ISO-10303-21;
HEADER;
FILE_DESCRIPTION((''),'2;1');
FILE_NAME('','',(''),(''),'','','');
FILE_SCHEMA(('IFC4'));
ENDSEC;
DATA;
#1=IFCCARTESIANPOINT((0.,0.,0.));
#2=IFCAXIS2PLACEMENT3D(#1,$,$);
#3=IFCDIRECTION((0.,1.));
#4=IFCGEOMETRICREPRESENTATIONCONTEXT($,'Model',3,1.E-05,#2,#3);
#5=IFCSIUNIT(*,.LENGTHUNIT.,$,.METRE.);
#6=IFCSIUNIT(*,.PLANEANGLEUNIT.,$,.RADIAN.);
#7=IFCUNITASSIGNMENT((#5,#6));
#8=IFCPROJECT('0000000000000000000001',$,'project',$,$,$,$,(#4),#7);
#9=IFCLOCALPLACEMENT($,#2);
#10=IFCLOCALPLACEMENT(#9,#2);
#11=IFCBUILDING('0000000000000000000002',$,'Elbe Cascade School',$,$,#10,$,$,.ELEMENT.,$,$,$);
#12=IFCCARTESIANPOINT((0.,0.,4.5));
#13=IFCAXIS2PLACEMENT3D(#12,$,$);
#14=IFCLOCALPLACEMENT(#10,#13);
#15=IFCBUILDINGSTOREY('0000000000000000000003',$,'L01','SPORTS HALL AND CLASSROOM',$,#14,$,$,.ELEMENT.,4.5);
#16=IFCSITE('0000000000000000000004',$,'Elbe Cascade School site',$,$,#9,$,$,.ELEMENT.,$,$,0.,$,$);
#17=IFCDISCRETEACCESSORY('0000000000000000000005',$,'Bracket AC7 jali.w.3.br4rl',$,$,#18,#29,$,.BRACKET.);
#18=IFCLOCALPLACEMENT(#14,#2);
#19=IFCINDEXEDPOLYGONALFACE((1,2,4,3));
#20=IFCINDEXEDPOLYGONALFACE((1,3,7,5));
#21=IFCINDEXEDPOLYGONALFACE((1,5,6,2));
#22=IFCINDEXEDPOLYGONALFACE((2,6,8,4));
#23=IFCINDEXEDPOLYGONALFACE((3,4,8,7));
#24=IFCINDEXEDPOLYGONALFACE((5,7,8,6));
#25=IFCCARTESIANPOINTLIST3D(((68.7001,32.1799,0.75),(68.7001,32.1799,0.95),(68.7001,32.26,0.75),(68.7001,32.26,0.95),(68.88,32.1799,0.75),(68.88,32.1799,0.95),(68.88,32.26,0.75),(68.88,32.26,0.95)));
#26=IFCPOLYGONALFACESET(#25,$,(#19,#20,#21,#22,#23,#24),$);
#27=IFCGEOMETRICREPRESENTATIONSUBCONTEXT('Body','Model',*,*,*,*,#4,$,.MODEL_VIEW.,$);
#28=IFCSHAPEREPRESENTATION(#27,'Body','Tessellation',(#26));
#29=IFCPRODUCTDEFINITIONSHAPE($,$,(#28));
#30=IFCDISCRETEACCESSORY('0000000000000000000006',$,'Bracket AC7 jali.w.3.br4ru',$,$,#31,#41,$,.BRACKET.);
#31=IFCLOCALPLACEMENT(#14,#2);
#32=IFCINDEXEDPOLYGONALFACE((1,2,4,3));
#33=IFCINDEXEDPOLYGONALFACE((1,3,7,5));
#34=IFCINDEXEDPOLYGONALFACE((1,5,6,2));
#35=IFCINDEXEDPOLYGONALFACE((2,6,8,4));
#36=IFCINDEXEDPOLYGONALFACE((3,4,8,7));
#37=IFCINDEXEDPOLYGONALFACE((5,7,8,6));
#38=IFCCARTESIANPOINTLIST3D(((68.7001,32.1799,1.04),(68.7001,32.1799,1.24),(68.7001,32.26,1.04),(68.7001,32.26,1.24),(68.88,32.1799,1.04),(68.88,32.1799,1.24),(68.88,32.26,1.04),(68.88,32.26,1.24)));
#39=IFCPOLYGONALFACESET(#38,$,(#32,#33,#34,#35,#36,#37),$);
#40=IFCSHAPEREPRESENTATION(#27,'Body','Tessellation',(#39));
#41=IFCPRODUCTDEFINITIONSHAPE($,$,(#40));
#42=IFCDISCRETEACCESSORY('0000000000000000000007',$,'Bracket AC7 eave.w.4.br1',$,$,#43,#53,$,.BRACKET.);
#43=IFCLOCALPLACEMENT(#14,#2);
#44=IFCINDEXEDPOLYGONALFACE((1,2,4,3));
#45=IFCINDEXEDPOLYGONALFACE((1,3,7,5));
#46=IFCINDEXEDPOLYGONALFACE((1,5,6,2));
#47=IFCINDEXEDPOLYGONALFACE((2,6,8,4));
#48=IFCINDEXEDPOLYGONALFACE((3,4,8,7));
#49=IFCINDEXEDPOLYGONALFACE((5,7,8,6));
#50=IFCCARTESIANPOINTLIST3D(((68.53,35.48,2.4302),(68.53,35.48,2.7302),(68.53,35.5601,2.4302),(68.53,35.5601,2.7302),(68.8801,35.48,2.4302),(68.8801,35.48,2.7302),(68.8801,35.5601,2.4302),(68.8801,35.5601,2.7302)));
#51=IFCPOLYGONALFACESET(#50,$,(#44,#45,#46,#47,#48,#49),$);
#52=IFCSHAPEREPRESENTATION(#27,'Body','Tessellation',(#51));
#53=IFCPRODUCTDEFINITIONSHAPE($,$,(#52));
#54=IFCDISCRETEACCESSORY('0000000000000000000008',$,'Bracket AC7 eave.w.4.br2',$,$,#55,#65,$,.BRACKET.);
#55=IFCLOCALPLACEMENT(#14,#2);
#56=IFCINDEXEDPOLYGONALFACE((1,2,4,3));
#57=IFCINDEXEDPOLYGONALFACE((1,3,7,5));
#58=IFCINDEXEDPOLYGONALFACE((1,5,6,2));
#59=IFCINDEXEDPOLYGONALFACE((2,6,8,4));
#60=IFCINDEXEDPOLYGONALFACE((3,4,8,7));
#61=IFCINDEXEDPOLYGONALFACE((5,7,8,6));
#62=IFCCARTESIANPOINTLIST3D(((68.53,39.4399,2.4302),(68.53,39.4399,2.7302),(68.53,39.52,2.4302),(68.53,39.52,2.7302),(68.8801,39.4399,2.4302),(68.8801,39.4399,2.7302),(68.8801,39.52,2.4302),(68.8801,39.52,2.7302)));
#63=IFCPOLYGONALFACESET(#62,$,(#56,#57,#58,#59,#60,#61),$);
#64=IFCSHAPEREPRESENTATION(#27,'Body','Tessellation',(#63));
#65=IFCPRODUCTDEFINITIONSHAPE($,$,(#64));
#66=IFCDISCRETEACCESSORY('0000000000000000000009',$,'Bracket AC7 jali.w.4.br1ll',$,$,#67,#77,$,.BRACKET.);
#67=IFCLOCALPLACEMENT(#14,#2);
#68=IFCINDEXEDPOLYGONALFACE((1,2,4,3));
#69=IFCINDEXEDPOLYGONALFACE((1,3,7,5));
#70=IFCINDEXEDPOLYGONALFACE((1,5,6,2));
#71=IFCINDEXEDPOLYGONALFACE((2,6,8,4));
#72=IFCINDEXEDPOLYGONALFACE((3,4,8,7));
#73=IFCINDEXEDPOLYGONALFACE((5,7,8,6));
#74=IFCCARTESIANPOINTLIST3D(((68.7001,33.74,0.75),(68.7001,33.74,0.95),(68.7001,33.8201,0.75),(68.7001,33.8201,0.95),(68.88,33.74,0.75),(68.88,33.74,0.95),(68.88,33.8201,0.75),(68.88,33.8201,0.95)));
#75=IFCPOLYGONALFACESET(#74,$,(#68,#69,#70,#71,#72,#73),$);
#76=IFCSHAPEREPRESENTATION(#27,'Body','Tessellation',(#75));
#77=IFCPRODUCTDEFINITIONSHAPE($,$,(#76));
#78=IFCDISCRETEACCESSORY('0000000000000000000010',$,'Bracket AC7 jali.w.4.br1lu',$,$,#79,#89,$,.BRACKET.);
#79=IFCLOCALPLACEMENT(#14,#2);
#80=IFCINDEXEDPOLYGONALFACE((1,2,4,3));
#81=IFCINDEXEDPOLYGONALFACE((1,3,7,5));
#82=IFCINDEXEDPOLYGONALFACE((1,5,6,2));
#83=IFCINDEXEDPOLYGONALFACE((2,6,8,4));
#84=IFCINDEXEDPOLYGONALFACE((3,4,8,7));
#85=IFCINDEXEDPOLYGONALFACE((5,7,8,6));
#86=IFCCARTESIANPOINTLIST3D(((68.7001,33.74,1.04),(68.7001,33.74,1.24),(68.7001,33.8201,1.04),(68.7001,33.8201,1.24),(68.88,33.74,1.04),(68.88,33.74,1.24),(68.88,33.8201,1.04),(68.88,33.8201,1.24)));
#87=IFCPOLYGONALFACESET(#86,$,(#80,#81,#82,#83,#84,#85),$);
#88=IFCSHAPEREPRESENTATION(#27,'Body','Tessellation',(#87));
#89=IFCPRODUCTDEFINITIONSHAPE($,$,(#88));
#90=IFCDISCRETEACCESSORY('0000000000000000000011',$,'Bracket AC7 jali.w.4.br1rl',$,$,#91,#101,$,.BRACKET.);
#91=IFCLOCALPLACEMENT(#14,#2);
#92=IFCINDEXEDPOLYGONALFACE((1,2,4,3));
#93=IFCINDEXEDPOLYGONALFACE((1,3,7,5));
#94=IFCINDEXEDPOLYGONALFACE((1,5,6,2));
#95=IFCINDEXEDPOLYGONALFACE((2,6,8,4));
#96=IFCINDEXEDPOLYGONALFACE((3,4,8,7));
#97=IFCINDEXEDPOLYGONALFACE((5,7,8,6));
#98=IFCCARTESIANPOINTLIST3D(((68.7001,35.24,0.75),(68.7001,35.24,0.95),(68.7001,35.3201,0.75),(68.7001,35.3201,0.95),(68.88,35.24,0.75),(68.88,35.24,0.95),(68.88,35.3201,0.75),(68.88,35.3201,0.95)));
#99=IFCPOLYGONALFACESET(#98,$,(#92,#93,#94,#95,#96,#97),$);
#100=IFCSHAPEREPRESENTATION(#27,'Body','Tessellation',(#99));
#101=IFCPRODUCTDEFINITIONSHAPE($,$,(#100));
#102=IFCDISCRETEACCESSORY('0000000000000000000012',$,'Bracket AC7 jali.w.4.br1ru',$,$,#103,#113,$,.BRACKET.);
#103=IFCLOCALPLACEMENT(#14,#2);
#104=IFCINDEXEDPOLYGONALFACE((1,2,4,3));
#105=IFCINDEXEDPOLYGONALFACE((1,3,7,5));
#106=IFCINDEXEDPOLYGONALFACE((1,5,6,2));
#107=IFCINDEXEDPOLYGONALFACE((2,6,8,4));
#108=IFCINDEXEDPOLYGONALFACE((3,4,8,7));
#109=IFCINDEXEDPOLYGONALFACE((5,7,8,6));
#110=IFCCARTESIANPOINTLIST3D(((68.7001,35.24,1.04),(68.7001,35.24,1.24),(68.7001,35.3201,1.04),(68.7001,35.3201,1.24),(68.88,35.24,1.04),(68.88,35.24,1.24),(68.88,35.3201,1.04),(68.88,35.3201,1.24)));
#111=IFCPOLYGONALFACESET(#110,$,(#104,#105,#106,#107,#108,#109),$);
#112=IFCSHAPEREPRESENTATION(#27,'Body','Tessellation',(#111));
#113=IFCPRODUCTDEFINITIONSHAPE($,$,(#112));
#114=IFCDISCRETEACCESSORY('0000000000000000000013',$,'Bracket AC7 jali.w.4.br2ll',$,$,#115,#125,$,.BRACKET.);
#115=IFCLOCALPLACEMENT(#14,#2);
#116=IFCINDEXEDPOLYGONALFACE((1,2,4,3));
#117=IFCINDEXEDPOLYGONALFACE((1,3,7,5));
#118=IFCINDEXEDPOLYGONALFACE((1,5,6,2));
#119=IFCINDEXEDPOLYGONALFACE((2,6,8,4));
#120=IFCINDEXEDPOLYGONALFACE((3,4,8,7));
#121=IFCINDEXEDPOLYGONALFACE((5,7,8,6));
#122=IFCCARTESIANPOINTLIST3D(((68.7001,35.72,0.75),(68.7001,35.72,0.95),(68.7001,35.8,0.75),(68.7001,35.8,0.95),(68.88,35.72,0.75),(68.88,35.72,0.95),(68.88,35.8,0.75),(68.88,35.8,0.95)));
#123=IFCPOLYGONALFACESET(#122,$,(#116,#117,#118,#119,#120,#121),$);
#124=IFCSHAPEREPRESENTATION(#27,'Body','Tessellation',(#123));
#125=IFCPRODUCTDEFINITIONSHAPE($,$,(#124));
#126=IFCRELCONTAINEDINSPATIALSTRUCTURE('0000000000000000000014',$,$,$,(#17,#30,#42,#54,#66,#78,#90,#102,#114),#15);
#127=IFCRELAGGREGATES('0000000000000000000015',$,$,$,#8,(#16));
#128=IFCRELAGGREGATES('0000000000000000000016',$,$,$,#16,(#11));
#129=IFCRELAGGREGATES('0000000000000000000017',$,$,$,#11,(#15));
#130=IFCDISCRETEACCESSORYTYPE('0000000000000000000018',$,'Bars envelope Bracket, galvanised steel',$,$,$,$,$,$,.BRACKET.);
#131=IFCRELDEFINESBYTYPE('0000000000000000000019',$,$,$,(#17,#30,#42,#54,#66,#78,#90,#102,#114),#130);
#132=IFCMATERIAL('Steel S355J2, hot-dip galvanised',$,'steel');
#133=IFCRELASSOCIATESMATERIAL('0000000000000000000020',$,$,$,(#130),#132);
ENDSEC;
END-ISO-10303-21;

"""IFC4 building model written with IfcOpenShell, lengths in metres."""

from ifc_helpers import new_model, si_unit, direction, frame, origin, origin_2d, place, context, subcontext, project, spatial, rectangle, extrude, material, type_object, element, save


model = new_model("IFC4")

# Units and contexts
model_context = context("Model", 3, precision=1e-05, world=origin(), true_north=direction((0.0, 1.0)))
body_context = subcontext(model_context, "Body", "Model", "MODEL_VIEW")
ifc_project = project(units=[si_unit("LENGTHUNIT", "METRE"), si_unit("PLANEANGLEUNIT", "RADIAN")], contexts=[model_context])

# Site, building, storey
site_placement = place(None, origin())
site = spatial("IfcSite", under=ifc_project, at=site_placement, Name="Elbe Cascade School site", CompositionType="ELEMENT", RefElevation=0.0)
building_placement = place(site_placement, origin())
building = spatial("IfcBuilding", under=site, at=building_placement, Name="Elbe Cascade School", CompositionType="ELEMENT")
storey_placement = place(building_placement, frame((0.0, 0.0, 4.5)))
storey = spatial("IfcBuildingStorey", under=building, at=storey_placement, Name="L01", Description="SPORTS HALL AND CLASSROOM", CompositionType="ELEMENT", Elevation=4.5)

# Discrete accessories
ifc_material_1 = material(Name="Steel S355J2, hot-dip galvanised", Category="steel")
discrete_accessory_type = type_object("IfcDiscreteAccessoryType", Name="Bars envelope Bracket, galvanised steel", PredefinedType="BRACKET", material=ifc_material_1)
for number, where, z_axis, x_axis, name in (
    (1, (68.79, 32.22, 0.75), (0.0, 0.0, 1.0), (0.0, 1.0, 0.0), "Bracket AC7 jali.w.3.br4rl"),
    (2, (68.79, 32.22, 1.04), (0.0, 0.0, 1.0), (0.0, 1.0, 0.0), "Bracket AC7 jali.w.3.br4ru"),
):
    element("IfcDiscreteAccessory", number, at=place(storey_placement, frame(where, z_axis=z_axis, x_axis=x_axis)), inside=storey, type_object=discrete_accessory_type, Name=name, PredefinedType="BRACKET", context=body_context, shape_type="SweptSolid", body=[
        extrude(rectangle(XDim=0.0801, YDim=0.1799, at=origin_2d()), origin(), (0.0, 0.0, 1.0), 0.2),
    ])
for number, where, z_axis, x_axis, name in (
    (3, (68.7051, 35.52, 2.4302), (0.0, 0.0, 1.0), (0.0, 1.0, 0.0), "Bracket AC7 eave.w.4.br1"),
    (4, (68.7051, 39.48, 2.4302), (0.0, 0.0, 1.0), (0.0, 1.0, 0.0), "Bracket AC7 eave.w.4.br2"),
):
    element("IfcDiscreteAccessory", number, at=place(storey_placement, frame(where, z_axis=z_axis, x_axis=x_axis)), inside=storey, type_object=discrete_accessory_type, Name=name, PredefinedType="BRACKET", context=body_context, shape_type="SweptSolid", body=[
        extrude(rectangle(XDim=0.0801, YDim=0.3501, at=origin_2d()), origin(), (0.0, 0.0, 1.0), 0.3),
    ])
for number, where, z_axis, x_axis, name in (
    (5, (68.79, 33.78, 0.75), (0.0, 0.0, 1.0), (0.0, 1.0, 0.0), "Bracket AC7 jali.w.4.br1ll"),
    (6, (68.79, 33.78, 1.04), (0.0, 0.0, 1.0), (0.0, 1.0, 0.0), "Bracket AC7 jali.w.4.br1lu"),
    (7, (68.79, 35.28, 0.75), (0.0, 0.0, 1.0), (0.0, 1.0, 0.0), "Bracket AC7 jali.w.4.br1rl"),
    (8, (68.79, 35.28, 1.04), (0.0, 0.0, 1.0), (0.0, 1.0, 0.0), "Bracket AC7 jali.w.4.br1ru"),
    (9, (68.79, 35.76, 0.75), (0.0, 0.0, 1.0), (0.0, 1.0, 0.0), "Bracket AC7 jali.w.4.br2ll"),
):
    element("IfcDiscreteAccessory", number, at=place(storey_placement, frame(where, z_axis=z_axis, x_axis=x_axis)), inside=storey, type_object=discrete_accessory_type, Name=name, PredefinedType="BRACKET", context=body_context, shape_type="SweptSolid", body=[
        extrude(rectangle(XDim=0.0801, YDim=0.1799, at=origin_2d()), origin(), (0.0, 0.0, 1.0), 0.2),
    ])

save(model, "model.ifc")
